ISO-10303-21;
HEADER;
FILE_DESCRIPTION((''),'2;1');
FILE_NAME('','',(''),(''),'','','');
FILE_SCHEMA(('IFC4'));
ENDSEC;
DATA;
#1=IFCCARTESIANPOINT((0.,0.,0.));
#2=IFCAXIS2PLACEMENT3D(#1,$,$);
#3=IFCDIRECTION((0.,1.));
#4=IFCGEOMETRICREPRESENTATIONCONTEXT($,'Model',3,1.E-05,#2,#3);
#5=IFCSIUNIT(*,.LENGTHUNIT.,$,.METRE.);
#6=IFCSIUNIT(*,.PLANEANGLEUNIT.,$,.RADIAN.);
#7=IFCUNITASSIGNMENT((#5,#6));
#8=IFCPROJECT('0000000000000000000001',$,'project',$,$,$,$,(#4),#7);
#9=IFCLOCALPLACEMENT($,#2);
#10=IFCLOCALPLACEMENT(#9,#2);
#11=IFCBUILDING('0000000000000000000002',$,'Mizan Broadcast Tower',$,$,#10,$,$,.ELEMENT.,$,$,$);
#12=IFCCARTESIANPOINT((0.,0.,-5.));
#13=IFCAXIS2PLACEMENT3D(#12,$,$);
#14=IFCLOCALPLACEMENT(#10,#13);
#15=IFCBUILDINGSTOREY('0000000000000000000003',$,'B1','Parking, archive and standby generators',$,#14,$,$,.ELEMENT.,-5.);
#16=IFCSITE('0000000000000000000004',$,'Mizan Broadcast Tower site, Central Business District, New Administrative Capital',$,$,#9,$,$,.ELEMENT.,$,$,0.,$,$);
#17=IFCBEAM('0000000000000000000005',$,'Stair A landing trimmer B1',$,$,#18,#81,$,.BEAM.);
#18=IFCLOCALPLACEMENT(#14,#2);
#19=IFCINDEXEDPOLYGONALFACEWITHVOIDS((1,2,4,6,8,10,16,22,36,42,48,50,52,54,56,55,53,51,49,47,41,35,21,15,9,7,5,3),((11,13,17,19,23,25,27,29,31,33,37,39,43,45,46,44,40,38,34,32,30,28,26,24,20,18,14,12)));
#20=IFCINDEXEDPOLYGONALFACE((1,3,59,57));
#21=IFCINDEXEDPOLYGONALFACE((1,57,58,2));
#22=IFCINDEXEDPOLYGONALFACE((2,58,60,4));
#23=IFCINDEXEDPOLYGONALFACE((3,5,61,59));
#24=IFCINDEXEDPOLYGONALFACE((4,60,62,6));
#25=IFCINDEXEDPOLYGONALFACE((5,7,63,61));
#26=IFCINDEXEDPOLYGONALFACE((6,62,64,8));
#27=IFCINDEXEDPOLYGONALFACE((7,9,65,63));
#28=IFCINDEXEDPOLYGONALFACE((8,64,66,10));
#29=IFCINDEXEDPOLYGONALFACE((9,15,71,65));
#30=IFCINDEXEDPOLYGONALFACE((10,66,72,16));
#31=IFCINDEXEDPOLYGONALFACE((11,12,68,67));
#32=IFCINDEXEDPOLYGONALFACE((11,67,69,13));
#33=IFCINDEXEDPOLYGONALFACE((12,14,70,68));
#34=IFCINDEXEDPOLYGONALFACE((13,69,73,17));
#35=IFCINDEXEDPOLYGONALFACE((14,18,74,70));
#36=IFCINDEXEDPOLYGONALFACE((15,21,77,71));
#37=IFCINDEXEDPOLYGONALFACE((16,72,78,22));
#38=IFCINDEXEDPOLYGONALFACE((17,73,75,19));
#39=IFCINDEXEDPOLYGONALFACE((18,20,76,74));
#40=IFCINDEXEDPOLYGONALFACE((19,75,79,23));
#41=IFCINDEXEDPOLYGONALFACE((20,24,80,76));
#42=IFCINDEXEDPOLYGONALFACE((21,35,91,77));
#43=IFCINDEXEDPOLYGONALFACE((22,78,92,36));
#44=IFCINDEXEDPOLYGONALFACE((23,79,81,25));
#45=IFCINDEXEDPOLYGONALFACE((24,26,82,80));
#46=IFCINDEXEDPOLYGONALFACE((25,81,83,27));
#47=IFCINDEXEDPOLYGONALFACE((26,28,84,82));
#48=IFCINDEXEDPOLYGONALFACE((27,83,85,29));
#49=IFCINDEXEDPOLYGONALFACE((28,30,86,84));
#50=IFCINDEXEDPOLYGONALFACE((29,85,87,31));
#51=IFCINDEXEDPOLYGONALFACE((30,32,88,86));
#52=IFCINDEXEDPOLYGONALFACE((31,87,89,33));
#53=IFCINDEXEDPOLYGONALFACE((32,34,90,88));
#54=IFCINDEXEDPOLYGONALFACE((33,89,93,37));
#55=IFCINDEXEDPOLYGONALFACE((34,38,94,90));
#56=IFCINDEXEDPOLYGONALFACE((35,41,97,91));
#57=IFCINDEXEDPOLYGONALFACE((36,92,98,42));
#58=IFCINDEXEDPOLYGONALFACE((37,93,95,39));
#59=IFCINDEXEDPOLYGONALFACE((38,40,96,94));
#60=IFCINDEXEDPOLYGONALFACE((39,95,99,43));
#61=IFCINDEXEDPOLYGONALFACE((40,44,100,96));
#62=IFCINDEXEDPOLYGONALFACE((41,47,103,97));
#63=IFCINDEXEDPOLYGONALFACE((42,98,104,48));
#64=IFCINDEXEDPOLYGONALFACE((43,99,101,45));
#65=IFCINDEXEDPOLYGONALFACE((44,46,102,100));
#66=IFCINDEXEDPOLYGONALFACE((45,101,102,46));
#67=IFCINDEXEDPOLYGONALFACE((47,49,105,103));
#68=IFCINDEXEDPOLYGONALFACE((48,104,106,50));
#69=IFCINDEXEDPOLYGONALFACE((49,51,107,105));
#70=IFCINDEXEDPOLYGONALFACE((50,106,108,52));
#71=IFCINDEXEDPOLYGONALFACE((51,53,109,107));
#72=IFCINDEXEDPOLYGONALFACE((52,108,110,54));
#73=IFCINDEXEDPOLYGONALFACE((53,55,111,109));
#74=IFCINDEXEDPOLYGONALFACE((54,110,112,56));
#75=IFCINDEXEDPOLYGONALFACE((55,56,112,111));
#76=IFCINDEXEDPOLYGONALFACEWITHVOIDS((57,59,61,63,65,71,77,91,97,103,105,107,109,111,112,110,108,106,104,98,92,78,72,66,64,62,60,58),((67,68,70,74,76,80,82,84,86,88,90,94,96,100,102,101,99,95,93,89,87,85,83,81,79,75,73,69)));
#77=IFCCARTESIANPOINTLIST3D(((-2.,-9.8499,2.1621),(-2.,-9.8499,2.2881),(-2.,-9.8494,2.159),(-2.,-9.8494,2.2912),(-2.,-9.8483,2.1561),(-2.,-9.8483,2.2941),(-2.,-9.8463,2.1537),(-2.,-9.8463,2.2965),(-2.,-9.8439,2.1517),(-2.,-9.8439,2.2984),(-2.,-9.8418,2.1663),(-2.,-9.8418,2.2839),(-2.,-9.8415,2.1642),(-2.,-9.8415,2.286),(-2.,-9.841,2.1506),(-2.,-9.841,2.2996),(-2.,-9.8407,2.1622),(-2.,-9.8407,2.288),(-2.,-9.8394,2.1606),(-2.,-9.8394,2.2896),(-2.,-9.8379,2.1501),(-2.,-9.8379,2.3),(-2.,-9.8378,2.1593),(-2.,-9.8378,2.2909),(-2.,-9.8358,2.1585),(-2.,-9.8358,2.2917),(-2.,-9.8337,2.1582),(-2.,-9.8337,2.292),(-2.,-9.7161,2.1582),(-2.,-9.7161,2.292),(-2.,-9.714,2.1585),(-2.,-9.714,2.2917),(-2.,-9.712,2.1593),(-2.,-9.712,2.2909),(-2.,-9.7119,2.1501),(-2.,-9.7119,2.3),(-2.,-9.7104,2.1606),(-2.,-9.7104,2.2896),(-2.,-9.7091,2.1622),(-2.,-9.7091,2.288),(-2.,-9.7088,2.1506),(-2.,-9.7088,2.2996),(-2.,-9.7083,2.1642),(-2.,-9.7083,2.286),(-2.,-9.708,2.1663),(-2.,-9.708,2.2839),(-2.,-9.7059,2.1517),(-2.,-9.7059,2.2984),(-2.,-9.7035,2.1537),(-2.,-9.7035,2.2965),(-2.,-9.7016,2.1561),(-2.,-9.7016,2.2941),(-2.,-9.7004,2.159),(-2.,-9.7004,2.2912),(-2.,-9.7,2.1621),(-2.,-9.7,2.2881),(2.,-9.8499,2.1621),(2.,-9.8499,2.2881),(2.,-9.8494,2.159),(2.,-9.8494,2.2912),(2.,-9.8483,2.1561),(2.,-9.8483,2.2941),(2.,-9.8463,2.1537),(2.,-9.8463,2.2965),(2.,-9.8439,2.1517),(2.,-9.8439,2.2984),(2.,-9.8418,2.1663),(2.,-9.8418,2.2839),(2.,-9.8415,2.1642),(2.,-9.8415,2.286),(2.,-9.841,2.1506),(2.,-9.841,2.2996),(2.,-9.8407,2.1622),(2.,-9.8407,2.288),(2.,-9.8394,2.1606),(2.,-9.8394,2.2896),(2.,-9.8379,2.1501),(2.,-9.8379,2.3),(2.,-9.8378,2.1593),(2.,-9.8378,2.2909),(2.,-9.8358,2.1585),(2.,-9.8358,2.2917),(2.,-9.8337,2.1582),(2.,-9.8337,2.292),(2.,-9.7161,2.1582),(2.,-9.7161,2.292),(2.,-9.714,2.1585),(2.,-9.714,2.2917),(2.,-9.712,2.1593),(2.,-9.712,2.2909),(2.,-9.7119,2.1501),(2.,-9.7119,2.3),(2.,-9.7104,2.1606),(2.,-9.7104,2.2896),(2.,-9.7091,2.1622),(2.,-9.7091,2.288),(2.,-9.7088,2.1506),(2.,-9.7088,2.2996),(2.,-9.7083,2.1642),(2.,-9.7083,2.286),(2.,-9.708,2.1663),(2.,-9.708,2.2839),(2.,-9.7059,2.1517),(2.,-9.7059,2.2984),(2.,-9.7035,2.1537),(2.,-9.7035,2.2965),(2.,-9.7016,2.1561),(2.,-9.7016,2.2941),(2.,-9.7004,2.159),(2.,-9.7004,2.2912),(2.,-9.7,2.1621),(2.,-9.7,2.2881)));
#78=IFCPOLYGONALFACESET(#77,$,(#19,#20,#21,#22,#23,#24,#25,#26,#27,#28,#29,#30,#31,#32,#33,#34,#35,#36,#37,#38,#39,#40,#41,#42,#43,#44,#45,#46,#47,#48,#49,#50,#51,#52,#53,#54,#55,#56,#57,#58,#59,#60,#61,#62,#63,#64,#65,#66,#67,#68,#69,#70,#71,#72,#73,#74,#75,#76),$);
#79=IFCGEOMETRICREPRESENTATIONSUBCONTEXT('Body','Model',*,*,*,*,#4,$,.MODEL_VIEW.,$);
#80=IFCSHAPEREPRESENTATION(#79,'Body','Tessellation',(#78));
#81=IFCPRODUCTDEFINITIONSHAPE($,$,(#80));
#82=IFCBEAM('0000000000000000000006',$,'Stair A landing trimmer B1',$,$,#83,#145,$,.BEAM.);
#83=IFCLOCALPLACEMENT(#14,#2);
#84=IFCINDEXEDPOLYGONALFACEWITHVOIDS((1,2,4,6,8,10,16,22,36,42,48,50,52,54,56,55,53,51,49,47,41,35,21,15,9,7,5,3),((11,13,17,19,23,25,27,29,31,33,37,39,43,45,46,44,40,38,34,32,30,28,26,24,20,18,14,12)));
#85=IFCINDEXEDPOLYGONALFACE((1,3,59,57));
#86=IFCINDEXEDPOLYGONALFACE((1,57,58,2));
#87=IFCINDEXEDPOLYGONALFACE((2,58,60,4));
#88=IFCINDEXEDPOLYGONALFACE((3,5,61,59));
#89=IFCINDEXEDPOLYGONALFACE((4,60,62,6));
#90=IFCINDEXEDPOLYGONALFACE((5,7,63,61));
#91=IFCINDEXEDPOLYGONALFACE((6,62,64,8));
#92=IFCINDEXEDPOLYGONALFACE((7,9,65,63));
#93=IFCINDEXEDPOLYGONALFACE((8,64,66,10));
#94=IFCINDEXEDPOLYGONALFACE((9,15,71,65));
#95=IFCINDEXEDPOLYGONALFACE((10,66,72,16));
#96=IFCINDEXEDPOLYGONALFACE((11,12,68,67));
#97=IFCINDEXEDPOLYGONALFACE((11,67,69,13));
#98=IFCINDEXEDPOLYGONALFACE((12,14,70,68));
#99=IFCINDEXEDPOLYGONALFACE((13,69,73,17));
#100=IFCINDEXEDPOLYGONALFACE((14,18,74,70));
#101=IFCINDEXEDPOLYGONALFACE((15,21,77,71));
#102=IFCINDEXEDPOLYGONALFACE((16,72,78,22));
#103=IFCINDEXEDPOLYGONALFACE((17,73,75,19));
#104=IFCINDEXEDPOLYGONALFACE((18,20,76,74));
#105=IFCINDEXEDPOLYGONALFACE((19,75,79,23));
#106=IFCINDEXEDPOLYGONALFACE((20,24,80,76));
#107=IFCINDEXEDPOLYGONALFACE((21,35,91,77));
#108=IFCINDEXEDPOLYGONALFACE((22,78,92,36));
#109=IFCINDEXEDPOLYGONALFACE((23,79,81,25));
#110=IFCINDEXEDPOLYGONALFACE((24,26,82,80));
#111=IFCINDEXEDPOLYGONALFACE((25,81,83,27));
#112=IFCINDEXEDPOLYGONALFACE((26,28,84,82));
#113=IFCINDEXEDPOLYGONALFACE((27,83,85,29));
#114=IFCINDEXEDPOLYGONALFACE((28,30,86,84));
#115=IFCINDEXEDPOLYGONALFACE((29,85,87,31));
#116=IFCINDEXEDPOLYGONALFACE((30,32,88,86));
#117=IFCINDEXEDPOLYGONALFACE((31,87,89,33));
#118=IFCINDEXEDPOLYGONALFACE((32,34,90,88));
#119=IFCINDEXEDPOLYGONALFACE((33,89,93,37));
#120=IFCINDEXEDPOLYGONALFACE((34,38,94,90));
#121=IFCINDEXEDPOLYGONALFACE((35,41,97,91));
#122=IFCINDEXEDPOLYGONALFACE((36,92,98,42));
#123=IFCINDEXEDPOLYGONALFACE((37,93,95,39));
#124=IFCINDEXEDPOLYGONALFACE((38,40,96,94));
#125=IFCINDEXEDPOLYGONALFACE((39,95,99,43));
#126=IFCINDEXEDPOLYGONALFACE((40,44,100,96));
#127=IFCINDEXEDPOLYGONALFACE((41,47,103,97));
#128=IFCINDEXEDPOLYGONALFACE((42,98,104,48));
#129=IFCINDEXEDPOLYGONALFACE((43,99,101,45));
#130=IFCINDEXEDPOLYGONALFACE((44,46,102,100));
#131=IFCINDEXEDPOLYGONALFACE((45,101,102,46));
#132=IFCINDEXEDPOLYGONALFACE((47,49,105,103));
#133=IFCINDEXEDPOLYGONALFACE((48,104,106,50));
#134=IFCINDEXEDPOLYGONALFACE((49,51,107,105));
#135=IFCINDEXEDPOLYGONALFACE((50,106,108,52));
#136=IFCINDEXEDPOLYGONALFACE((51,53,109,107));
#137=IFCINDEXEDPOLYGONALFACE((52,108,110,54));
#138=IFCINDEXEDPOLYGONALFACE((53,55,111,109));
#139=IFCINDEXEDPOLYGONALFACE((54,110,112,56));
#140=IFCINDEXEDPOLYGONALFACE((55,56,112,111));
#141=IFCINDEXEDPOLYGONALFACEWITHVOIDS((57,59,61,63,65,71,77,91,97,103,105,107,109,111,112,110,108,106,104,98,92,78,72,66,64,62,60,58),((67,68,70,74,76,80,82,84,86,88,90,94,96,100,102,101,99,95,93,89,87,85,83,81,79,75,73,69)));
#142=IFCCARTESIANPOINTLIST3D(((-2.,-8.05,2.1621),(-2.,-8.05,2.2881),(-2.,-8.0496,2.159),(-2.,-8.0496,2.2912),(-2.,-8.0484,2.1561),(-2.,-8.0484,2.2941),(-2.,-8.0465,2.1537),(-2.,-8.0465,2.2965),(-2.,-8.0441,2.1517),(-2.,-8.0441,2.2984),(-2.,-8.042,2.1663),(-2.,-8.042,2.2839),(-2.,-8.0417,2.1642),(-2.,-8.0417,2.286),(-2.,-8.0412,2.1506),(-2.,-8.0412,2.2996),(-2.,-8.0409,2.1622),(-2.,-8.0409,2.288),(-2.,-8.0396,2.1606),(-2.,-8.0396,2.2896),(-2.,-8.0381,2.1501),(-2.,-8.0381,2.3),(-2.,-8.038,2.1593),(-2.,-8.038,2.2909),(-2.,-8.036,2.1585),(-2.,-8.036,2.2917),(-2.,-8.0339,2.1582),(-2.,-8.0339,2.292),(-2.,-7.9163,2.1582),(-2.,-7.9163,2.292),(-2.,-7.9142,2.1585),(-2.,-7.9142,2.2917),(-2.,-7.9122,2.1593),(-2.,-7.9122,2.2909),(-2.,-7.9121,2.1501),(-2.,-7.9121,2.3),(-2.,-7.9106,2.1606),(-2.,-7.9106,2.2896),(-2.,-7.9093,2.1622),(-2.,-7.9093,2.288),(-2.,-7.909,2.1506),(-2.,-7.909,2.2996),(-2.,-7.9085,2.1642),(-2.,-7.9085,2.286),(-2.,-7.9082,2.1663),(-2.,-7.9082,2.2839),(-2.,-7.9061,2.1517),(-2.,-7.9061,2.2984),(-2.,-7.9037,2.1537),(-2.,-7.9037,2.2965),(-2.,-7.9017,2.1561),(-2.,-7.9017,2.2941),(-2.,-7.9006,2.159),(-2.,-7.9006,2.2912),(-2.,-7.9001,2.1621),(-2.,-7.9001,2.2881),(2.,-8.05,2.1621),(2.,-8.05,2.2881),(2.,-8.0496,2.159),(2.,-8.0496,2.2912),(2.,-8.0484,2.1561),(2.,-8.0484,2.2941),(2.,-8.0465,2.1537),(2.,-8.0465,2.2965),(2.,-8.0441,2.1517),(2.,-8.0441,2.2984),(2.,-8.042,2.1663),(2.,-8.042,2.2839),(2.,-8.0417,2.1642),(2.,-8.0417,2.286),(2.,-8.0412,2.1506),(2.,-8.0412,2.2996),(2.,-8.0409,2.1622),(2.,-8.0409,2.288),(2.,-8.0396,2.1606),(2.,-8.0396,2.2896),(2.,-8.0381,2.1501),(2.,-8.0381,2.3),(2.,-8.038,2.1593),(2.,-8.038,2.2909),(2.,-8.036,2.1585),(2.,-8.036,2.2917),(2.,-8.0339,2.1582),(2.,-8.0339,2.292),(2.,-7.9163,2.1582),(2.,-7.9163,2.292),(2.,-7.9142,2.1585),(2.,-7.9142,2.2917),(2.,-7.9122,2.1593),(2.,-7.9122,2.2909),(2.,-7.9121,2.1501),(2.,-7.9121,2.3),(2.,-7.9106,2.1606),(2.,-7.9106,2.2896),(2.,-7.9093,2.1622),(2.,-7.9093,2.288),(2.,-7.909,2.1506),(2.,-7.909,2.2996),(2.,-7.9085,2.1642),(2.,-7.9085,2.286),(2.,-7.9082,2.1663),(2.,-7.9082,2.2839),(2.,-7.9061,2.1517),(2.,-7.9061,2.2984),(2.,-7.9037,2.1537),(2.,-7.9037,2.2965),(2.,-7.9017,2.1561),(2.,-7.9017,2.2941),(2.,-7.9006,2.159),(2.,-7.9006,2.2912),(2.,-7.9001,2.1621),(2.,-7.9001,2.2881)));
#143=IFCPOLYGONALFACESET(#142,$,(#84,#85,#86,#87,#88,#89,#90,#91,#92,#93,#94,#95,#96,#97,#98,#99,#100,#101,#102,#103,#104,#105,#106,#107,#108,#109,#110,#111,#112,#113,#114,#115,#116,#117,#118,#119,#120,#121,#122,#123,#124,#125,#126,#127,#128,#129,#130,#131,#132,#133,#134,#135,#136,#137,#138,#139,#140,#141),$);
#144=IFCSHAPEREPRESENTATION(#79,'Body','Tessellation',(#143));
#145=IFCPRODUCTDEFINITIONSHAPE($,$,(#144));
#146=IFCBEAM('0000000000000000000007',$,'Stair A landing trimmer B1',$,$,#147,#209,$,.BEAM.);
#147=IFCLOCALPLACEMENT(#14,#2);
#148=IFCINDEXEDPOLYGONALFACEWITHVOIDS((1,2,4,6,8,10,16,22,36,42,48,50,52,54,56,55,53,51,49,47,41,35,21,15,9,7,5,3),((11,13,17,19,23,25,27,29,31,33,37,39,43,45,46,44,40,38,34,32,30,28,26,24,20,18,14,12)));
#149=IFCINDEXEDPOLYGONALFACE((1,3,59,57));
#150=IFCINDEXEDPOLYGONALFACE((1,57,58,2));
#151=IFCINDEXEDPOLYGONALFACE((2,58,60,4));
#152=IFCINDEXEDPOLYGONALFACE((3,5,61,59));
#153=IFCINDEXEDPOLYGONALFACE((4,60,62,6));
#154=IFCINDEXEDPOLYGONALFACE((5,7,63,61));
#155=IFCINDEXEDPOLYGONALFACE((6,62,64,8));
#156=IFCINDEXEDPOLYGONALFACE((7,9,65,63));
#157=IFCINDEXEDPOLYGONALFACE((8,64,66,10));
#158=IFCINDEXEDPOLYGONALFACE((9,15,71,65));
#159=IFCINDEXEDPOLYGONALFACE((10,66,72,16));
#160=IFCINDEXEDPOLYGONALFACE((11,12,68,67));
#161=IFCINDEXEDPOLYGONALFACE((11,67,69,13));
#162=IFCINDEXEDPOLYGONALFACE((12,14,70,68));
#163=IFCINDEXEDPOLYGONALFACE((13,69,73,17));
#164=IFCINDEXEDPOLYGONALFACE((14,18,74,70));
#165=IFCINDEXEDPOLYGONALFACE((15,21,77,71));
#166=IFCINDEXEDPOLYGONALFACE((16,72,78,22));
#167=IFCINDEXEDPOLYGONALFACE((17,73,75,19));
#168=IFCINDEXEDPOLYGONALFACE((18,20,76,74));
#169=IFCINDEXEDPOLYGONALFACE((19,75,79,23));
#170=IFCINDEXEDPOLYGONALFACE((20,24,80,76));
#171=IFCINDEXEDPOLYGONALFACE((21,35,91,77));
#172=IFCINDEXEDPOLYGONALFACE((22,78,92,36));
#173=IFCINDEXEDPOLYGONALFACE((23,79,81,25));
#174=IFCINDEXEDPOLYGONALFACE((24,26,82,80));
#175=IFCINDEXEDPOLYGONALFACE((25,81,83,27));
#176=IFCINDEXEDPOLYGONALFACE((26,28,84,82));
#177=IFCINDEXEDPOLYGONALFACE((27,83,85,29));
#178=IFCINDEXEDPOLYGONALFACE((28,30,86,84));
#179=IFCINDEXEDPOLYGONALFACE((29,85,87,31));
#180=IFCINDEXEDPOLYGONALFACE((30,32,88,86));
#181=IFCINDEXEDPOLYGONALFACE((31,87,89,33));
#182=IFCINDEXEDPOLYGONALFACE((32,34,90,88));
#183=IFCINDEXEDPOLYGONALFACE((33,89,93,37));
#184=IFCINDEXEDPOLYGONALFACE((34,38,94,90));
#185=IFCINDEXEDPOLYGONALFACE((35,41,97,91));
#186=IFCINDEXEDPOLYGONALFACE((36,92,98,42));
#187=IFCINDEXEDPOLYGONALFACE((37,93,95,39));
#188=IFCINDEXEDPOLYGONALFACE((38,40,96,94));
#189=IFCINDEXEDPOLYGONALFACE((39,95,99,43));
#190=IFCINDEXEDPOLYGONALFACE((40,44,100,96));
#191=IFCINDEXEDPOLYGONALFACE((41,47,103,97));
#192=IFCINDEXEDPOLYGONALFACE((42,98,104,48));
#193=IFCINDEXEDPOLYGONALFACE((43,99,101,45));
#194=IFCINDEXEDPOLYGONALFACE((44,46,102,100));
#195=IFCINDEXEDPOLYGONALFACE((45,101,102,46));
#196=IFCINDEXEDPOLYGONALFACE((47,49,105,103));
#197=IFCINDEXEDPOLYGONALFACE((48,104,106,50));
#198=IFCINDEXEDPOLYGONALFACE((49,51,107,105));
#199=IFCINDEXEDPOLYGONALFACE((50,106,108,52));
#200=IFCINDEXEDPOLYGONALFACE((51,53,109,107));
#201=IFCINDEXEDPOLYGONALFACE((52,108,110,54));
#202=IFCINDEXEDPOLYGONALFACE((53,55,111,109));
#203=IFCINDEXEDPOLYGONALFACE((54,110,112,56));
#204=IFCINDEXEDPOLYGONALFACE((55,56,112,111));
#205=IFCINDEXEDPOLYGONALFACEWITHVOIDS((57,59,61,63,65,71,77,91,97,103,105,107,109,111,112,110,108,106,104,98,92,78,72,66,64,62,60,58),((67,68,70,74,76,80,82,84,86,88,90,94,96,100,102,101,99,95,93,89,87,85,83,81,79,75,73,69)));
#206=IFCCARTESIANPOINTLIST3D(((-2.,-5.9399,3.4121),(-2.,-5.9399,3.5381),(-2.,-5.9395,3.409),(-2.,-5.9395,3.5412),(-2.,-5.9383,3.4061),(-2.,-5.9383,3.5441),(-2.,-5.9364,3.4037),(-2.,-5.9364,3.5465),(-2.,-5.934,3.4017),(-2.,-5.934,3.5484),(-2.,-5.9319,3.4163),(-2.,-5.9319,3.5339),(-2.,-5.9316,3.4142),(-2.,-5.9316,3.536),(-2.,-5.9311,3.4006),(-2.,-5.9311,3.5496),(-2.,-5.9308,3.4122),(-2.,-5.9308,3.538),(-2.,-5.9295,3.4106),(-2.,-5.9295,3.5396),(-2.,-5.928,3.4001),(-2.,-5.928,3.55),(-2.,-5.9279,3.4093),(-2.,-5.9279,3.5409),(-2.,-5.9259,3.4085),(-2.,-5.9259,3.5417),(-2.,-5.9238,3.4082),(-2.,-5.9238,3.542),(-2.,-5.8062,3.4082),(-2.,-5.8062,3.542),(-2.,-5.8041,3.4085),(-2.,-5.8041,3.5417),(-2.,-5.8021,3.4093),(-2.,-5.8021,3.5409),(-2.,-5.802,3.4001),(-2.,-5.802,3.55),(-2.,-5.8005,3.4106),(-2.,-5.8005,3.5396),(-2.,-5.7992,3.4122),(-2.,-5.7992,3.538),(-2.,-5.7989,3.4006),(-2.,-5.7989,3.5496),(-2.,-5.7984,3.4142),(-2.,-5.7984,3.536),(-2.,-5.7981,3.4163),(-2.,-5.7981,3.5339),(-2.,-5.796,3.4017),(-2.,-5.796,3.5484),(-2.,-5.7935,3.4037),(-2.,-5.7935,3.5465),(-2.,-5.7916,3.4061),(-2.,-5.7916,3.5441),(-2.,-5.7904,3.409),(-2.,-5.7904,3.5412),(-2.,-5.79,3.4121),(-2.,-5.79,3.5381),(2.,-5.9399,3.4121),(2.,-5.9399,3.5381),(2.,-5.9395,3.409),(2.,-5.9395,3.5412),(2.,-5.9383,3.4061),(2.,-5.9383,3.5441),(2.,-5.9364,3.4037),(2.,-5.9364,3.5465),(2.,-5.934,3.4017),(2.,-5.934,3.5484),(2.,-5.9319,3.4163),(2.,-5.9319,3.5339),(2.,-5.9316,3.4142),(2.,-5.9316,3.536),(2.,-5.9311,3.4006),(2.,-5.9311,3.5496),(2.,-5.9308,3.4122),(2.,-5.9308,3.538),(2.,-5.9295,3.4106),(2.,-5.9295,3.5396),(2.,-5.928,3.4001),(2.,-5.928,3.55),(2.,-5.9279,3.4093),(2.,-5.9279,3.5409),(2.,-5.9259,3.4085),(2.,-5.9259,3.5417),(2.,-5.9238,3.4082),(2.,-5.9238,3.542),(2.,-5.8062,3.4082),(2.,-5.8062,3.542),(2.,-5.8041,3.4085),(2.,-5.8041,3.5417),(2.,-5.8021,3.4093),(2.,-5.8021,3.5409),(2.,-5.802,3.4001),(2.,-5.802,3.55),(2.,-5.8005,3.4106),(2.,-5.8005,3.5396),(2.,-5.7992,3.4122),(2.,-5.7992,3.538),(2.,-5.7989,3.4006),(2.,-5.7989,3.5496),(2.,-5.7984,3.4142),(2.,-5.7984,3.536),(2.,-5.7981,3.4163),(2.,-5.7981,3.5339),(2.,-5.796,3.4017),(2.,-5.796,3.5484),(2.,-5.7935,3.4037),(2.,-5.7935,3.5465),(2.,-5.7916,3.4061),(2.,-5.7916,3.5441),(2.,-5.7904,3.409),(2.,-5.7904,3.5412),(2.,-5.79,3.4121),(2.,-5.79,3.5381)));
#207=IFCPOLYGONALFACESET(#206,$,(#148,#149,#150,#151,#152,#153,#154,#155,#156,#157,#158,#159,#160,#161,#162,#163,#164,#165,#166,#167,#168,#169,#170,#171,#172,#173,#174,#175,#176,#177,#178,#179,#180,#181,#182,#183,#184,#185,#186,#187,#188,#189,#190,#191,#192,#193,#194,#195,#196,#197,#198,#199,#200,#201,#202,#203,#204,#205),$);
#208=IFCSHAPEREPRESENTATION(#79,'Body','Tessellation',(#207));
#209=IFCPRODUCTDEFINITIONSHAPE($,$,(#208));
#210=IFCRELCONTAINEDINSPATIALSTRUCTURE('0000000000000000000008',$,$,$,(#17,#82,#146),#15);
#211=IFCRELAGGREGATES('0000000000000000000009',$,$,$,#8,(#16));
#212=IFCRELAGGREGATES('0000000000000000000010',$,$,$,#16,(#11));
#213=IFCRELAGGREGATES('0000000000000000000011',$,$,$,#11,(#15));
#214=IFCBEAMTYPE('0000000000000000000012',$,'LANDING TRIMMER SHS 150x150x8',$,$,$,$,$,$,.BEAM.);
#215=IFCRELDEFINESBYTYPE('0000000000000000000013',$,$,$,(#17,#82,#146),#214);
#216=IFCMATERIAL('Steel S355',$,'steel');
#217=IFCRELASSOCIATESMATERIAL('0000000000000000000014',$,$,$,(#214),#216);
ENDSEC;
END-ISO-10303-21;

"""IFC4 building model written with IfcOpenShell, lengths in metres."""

from ifc_helpers import new_model, si_unit, direction, frame, origin, origin_2d, place, context, subcontext, project, spatial, hollow_rectangle, extrude, material, material_profile, profile_set, type_object, element, save


model = new_model("IFC4")

# Units and contexts
model_context = context("Model", 3, precision=1e-05, world=origin(), true_north=direction((0.0, 1.0)))
body_context = subcontext(model_context, "Body", "Model", "MODEL_VIEW")
ifc_project = project(units=[si_unit("LENGTHUNIT", "METRE"), si_unit("PLANEANGLEUNIT", "RADIAN")], contexts=[model_context])

# Site, building, storey
site_placement = place(None, origin())
site = spatial("IfcSite", under=ifc_project, at=site_placement, Name="Mizan Broadcast Tower site, Central Business District, New Administrative Capital", CompositionType="ELEMENT", RefElevation=0.0)
building_placement = place(site_placement, origin())
building = spatial("IfcBuilding", under=site, at=building_placement, Name="Mizan Broadcast Tower", CompositionType="ELEMENT")
storey_placement = place(building_placement, frame((0.0, 0.0, -5.0)))
storey = spatial("IfcBuildingStorey", under=building, at=storey_placement, Name="B1", Description="Parking, archive and standby generators", CompositionType="ELEMENT", Elevation=-5.0)

# Beams
ifc_material_1 = material(Name="Steel S355", Category="steel")
ifc_material_profile_1 = material_profile(ifc_material_1, hollow_rectangle(XDim=0.1499, YDim=0.1499, WallThickness=0.0081, InnerFilletRadius=0.0081, OuterFilletRadius=0.012, at=origin_2d()), Name="SHS 150x150x8")
ifc_profile_set_1 = profile_set([ifc_material_profile_1], Name="Steel S355")
beam_type = type_object("IfcBeamType", Name="LANDING TRIMMER SHS 150x150x8", PredefinedType="BEAM", material=ifc_profile_set_1)
for number, where, z_axis, x_axis, name in (
    (1, (-2.0, -9.7749, 2.2251), (1.0, 0.0, 0.0), (0.0, 1.0, 0.0), "Stair A landing trimmer B1"),
    (2, (-2.0, -7.9751, 2.2251), (1.0, 0.0, 0.0), (0.0, 1.0, 0.0), "Stair A landing trimmer B1"),
    (3, (-2.0, -5.865, 3.4751), (1.0, 0.0, 0.0), (0.0, 1.0, 0.0), "Stair A landing trimmer B1"),
):
    element("IfcBeam", number, at=place(storey_placement, frame(where, z_axis=z_axis, x_axis=x_axis)), inside=storey, type_object=beam_type, Name=name, PredefinedType="BEAM", context=body_context, shape_type="SweptSolid", body=[
        extrude(hollow_rectangle(XDim=0.1499, YDim=0.1499, WallThickness=0.0081, InnerFilletRadius=0.0081, OuterFilletRadius=0.012, at=origin_2d()), origin(), (0.0, 0.0, 1.0), 4.0),
    ])

save(model, "model.ifc")
